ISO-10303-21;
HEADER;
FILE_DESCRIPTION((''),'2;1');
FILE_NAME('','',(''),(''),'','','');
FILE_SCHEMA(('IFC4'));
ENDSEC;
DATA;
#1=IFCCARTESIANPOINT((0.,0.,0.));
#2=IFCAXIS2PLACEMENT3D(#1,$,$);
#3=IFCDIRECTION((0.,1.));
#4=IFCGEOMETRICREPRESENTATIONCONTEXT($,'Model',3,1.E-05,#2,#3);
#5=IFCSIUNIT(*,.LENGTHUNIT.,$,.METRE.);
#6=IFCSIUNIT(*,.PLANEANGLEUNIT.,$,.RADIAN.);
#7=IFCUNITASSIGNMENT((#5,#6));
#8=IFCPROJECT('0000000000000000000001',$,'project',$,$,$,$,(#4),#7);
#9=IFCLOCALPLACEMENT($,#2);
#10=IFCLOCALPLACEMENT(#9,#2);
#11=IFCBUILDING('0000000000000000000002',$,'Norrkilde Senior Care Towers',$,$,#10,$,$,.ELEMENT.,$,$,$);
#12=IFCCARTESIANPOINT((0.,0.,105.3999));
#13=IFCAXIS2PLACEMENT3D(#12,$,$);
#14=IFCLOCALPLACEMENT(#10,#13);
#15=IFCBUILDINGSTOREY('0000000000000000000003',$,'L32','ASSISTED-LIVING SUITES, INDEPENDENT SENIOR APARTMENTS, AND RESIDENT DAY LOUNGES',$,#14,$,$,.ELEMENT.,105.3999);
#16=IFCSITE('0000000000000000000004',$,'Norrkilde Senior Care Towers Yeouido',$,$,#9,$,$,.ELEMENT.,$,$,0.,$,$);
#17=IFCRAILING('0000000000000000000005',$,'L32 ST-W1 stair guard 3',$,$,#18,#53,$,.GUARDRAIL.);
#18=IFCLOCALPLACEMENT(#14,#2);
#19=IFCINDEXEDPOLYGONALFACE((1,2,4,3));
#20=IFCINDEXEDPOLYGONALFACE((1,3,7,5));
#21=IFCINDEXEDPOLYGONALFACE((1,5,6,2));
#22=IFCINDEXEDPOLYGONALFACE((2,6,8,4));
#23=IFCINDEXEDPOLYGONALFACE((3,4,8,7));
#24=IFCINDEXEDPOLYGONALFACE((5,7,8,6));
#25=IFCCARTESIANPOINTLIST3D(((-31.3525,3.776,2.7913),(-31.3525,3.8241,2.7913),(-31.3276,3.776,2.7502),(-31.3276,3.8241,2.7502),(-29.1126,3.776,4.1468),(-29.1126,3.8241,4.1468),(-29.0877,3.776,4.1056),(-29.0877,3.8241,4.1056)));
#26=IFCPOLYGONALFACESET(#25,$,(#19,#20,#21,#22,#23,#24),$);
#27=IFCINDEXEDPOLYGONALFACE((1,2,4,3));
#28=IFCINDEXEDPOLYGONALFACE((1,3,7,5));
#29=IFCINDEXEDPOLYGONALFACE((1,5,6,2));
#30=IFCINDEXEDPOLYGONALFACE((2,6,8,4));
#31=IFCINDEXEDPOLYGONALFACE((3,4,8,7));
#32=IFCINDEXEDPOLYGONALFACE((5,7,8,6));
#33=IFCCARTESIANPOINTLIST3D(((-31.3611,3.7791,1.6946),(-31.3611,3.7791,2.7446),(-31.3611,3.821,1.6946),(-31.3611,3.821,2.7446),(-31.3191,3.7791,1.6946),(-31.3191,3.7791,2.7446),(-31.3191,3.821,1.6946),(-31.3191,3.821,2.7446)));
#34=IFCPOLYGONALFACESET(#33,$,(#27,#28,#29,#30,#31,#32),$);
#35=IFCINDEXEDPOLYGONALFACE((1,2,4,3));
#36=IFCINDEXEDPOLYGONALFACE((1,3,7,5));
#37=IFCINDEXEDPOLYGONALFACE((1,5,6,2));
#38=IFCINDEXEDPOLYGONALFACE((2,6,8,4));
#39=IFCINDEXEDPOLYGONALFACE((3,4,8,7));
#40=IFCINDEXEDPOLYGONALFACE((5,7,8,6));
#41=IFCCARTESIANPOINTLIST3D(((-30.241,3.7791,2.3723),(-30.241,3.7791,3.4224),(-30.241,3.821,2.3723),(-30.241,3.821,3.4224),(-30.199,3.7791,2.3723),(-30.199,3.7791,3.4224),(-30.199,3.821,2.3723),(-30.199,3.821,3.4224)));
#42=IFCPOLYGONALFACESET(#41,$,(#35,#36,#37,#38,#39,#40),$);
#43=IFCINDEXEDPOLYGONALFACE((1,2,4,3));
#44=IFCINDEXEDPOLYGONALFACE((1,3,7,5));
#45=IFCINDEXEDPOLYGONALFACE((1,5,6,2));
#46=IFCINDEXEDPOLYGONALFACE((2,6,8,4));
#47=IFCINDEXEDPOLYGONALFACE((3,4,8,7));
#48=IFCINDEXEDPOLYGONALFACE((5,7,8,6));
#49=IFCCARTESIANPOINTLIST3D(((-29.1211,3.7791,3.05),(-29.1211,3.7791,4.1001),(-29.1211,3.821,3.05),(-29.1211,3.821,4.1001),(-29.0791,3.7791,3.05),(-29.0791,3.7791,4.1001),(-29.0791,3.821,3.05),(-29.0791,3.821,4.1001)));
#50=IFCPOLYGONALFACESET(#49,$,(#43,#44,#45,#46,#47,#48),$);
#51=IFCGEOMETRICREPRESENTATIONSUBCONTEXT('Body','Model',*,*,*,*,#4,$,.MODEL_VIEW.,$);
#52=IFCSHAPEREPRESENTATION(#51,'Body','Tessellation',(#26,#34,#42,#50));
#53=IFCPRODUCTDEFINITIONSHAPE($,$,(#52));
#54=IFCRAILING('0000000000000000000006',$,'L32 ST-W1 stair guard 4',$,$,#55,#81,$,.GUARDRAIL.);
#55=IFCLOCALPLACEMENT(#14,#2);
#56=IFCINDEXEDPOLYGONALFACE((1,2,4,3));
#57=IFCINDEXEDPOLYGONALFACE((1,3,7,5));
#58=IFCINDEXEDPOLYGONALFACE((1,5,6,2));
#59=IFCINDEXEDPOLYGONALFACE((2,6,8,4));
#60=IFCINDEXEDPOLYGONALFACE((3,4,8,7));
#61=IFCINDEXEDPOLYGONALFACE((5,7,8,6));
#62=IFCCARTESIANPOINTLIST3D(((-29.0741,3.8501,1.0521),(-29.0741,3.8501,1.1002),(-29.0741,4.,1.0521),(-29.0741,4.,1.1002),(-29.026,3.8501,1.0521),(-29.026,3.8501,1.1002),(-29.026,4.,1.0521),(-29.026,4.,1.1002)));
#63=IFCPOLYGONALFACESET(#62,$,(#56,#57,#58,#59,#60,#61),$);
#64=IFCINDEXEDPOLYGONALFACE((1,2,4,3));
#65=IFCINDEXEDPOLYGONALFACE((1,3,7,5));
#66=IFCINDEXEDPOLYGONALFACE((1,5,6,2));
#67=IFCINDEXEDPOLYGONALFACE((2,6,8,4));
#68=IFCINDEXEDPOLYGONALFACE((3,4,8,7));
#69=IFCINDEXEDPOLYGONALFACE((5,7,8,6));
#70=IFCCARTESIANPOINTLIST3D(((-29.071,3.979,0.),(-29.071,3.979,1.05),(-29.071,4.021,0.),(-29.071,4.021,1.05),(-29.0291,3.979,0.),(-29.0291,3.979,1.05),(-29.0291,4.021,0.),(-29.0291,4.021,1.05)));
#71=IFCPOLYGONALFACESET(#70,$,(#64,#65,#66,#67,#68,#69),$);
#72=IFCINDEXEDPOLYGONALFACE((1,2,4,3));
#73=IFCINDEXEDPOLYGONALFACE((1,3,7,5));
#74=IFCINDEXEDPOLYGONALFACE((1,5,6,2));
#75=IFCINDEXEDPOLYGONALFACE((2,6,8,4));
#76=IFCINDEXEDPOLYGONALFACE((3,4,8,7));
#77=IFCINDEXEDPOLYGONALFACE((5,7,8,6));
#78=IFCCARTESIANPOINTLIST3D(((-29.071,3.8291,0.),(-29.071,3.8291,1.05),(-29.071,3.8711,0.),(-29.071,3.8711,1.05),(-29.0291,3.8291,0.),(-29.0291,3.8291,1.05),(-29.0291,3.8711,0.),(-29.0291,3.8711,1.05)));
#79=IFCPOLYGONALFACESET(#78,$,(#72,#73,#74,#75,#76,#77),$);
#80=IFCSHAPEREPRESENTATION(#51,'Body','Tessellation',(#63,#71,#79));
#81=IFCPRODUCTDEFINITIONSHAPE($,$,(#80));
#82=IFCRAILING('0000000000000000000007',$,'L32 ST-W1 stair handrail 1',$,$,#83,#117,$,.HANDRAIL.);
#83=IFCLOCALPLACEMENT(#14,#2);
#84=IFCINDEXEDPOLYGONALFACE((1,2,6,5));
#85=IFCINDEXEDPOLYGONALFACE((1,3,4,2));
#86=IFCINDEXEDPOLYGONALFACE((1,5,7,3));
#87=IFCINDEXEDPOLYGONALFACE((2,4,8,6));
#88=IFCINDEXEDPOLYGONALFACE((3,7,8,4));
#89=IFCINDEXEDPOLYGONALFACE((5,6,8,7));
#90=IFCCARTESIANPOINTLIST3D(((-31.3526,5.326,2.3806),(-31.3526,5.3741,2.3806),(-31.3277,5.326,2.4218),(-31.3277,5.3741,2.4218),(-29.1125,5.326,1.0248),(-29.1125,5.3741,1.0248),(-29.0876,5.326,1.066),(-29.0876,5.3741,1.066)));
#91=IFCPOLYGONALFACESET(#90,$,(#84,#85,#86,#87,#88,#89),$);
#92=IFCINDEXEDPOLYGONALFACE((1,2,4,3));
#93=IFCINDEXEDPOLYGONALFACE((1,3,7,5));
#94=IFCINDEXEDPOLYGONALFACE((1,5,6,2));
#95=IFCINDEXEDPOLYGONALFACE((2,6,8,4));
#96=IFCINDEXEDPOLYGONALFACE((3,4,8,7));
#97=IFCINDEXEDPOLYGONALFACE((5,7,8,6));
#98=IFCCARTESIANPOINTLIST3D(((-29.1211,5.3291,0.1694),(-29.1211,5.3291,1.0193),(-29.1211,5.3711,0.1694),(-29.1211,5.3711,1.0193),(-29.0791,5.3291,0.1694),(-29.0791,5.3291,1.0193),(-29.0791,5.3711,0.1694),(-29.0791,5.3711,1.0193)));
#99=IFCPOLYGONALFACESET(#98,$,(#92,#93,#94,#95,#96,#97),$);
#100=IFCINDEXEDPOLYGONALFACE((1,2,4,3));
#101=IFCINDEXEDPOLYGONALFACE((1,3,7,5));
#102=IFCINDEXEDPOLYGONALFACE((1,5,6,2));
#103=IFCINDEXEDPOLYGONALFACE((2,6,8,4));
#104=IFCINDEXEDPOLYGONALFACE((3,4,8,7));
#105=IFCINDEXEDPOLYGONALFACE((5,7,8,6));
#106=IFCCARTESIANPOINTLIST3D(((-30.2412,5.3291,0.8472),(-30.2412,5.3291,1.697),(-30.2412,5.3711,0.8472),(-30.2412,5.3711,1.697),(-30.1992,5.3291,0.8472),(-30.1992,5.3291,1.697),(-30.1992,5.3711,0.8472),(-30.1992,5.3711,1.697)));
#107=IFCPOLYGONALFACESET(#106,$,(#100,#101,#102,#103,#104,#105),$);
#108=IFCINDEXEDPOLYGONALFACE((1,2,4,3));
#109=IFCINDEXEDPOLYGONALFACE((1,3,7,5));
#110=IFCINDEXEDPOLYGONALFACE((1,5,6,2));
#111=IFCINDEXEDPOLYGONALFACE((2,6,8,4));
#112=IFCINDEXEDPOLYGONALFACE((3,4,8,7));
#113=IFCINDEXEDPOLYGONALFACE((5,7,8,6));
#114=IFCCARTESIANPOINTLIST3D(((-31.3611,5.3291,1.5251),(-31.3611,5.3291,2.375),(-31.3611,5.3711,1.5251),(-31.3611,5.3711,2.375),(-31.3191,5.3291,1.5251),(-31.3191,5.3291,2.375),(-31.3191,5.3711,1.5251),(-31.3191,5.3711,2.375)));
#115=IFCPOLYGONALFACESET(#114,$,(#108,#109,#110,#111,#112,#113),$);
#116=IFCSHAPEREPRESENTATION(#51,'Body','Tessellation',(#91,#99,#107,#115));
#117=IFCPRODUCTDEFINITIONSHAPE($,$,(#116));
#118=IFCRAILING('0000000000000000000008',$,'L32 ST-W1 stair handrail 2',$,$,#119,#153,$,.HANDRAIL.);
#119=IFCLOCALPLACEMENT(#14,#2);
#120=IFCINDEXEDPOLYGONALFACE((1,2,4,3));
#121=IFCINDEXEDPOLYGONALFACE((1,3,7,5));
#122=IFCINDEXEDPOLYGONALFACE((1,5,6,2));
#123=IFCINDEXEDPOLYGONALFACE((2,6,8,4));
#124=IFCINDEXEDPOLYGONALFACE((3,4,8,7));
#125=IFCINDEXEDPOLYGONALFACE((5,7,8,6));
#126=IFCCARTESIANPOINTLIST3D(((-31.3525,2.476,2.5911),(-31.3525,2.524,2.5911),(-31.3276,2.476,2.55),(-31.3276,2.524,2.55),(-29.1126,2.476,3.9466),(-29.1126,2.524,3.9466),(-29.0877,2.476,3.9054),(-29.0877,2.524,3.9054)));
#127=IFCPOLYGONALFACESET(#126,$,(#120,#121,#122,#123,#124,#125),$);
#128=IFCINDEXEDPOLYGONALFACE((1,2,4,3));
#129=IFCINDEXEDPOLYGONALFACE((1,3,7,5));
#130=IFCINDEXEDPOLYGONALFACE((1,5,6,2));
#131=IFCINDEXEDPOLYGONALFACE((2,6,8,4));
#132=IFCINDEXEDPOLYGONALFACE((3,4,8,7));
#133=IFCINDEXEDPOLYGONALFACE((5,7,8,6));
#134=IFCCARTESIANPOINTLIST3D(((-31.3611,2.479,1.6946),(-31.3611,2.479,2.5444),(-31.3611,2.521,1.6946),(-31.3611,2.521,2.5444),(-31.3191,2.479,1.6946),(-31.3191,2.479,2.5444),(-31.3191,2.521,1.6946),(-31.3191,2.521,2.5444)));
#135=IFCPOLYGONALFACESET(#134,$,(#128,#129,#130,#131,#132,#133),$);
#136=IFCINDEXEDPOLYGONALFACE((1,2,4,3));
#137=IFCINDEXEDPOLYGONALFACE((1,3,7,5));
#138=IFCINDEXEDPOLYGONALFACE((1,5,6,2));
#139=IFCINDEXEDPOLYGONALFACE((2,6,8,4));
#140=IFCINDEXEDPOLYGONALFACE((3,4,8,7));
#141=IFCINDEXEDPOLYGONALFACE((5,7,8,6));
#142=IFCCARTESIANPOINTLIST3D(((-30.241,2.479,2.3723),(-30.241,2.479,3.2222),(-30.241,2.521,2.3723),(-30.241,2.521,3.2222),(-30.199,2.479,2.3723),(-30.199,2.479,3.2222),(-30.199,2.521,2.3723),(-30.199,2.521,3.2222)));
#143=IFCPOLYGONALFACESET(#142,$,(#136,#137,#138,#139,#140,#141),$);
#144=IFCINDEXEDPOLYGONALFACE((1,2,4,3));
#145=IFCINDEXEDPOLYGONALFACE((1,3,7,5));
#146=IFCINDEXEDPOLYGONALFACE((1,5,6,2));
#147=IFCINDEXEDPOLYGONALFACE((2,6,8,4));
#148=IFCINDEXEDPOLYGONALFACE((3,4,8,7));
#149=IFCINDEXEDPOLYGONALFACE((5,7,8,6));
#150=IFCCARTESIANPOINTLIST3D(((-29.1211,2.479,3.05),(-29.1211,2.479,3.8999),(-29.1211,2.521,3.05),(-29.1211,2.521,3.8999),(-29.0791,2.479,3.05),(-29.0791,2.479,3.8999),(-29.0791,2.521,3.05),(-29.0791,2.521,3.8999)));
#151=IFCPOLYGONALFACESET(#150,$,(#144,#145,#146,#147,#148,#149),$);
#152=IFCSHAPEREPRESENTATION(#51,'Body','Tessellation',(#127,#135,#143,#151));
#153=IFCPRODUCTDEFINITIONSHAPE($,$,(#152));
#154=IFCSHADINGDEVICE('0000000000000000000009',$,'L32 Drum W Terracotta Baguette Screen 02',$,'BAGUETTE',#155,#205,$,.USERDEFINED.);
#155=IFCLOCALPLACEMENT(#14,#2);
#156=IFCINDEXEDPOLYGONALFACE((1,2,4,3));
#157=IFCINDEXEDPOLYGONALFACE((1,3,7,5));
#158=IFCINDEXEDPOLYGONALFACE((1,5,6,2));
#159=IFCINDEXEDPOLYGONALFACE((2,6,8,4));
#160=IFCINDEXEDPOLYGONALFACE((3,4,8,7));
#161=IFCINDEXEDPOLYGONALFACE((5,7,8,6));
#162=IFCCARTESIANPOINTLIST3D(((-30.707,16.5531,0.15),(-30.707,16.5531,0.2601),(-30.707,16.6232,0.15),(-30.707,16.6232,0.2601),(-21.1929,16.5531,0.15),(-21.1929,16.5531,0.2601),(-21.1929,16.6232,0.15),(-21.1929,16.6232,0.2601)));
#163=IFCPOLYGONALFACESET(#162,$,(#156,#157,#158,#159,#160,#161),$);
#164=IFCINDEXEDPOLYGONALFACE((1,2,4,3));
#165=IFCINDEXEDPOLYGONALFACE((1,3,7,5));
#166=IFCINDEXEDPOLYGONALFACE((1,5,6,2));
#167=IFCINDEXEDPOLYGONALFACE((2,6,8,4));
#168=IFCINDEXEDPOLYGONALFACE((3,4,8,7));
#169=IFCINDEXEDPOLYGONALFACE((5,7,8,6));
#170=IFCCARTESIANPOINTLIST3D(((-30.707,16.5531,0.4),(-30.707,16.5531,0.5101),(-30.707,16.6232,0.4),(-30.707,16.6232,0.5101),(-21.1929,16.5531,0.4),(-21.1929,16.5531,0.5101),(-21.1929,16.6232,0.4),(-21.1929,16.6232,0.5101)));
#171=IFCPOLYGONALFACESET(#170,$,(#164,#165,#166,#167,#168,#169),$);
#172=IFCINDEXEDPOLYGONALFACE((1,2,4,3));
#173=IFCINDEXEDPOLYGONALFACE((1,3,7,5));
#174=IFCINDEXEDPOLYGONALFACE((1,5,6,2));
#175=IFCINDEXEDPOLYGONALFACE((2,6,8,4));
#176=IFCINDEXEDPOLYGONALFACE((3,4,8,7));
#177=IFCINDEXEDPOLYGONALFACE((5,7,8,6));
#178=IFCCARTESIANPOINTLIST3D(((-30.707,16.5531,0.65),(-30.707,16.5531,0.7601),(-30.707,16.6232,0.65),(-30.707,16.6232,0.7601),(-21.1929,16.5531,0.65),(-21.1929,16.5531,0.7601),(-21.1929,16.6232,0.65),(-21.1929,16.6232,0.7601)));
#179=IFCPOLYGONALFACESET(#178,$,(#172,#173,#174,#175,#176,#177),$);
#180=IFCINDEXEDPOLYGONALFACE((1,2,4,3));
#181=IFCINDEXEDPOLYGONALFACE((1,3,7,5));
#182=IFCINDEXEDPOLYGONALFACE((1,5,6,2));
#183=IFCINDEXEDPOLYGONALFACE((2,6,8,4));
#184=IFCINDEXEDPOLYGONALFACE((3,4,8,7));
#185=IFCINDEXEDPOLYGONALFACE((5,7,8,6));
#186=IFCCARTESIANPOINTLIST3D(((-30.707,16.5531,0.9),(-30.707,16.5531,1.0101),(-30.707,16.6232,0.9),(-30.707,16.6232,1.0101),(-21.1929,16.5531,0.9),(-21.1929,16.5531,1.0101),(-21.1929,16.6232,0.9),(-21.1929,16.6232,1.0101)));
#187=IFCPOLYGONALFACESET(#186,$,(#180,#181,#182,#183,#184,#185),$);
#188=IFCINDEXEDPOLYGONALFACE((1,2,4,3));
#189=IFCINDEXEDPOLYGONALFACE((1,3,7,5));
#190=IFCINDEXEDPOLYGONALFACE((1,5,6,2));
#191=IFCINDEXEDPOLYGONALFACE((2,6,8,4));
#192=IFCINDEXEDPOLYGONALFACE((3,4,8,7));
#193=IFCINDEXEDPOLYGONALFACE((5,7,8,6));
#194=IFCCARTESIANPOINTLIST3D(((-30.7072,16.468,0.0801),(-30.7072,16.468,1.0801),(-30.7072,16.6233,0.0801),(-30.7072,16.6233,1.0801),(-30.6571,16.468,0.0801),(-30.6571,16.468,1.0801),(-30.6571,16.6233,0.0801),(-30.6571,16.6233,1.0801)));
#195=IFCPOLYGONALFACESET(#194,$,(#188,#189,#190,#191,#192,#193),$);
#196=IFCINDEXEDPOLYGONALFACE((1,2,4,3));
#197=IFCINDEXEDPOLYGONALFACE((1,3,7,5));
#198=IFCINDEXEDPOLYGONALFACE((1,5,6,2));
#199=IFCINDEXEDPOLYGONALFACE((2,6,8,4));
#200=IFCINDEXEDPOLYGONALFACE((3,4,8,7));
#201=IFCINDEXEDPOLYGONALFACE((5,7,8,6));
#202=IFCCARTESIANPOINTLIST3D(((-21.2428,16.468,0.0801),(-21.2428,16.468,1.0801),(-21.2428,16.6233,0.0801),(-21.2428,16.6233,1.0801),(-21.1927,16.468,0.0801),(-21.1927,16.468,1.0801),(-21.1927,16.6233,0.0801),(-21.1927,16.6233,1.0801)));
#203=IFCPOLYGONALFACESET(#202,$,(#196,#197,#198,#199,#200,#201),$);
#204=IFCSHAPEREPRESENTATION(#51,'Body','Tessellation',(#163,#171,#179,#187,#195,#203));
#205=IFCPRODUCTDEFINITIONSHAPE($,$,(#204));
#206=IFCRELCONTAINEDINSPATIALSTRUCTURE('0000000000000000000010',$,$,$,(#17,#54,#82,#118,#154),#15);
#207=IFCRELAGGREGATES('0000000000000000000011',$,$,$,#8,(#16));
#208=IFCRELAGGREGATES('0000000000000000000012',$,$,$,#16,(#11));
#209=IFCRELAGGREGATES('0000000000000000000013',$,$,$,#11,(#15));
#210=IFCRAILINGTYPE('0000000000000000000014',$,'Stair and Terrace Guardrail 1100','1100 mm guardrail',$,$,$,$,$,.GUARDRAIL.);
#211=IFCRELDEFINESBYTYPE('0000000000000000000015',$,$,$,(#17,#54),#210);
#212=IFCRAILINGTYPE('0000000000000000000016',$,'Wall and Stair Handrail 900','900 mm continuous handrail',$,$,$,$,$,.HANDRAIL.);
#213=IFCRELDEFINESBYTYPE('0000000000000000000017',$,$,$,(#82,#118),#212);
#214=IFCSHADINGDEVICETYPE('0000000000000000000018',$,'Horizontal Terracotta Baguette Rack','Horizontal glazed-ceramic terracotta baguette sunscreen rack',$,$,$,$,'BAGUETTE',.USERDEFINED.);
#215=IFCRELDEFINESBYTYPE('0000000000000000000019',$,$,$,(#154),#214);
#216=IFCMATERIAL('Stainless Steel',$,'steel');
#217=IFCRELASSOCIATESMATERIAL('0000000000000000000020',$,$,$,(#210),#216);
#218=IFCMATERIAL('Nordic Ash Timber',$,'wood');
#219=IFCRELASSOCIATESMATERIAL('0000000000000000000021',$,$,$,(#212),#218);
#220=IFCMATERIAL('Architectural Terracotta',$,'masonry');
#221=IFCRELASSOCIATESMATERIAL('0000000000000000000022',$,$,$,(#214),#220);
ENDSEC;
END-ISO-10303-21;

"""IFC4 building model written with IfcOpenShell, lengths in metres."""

from ifc_helpers import new_model, si_unit, direction, frame, origin, origin_2d, place, context, subcontext, project, spatial, rectangle, extrude, source, transform, mapped, material, type_object, type_shapes, element, save


model = new_model("IFC4")

# Units and contexts
model_context = context("Model", 3, precision=1e-05, world=origin(), true_north=direction((0.0, 1.0)))
body_context = subcontext(model_context, "Body", "Model", "MODEL_VIEW")
ifc_project = project(units=[si_unit("LENGTHUNIT", "METRE"), si_unit("PLANEANGLEUNIT", "RADIAN")], contexts=[model_context])

# Site, building, storey
site_placement = place(None, origin())
site = spatial("IfcSite", under=ifc_project, at=site_placement, Name="Norrkilde Senior Care Towers Yeouido", CompositionType="ELEMENT", RefElevation=0.0)
building_placement = place(site_placement, origin())
building = spatial("IfcBuilding", under=site, at=building_placement, Name="Norrkilde Senior Care Towers", CompositionType="ELEMENT")
storey_placement = place(building_placement, frame((0.0, 0.0, 105.3999)))
storey = spatial("IfcBuildingStorey", under=building, at=storey_placement, Name="L32", Description="ASSISTED-LIVING SUITES, INDEPENDENT SENIOR APARTMENTS, AND RESIDENT DAY LOUNGES", CompositionType="ELEMENT", Elevation=105.3999)

# Shared definitions
ifc_material_1 = material(Name="Nordic Ash Timber", Category="wood")

# Railings
ifc_material_2 = material(Name="Stainless Steel", Category="steel")
railing_type_1 = type_object("IfcRailingType", Name="Stair and Terrace Guardrail 1100", Description="1100 mm guardrail", PredefinedType="GUARDRAIL", material=ifc_material_2)
railing_1_placement = place(storey_placement, frame((-31.3401, 3.8, 1.6946)))
element("IfcRailing", 1, at=railing_1_placement, inside=storey, type_object=railing_type_1, Name="L32 ST-W1 stair guard 3", PredefinedType="GUARDRAIL", context=body_context, shape_type="SweptSolid", body=[
    extrude(rectangle(XDim=0.0481, YDim=0.0481, at=origin_2d()), frame((0.0, 0.0, 1.0762), z_axis=(0.855553, 0.0, 0.517715), x_axis=(0.0, 1.0, 0.0)), (0.0, 0.0, 1.0), 2.6182),
    extrude(rectangle(XDim=0.042, YDim=0.042, at=origin_2d()), origin(), (0.0, 0.0, 1.0), 1.05),
    extrude(rectangle(XDim=0.042, YDim=0.042, at=origin_2d()), frame((1.1201, 0.0, 0.6777)), (0.0, 0.0, 1.0), 1.05),
    extrude(rectangle(XDim=0.042, YDim=0.042, at=origin_2d()), frame((2.24, 0.0, 1.3555)), (0.0, 0.0, 1.0), 1.05),
])
railing_2_placement = place(storey_placement, frame((-29.05, 4.0, 0.0)))
element("IfcRailing", 2, at=railing_2_placement, inside=storey, type_object=railing_type_1, Name="L32 ST-W1 stair guard 4", PredefinedType="GUARDRAIL", context=body_context, shape_type="SweptSolid", body=[
    extrude(rectangle(XDim=0.0481, YDim=0.0481, at=origin_2d()), frame((0.0, 0.0, 1.0762), z_axis=(0.0, -1.0, 0.0), x_axis=(1.0, 0.0, 0.0)), (0.0, 0.0, 1.0), 0.1499),
    extrude(rectangle(XDim=0.042, YDim=0.042, at=origin_2d()), origin(), (0.0, 0.0, 1.0), 1.05),
    extrude(rectangle(XDim=0.042, YDim=0.042, at=origin_2d()), frame((0.0, -0.1499, 0.0)), (0.0, 0.0, 1.0), 1.05),
])
railing_type_2 = type_object("IfcRailingType", Name="Wall and Stair Handrail 900", Description="900 mm continuous handrail", PredefinedType="HANDRAIL", material=ifc_material_1)
railing_3_placement = place(storey_placement, frame((-29.1001, 5.3501, 0.1694)))
element("IfcRailing", 3, at=railing_3_placement, inside=storey, type_object=railing_type_2, Name="L32 ST-W1 stair handrail 1", PredefinedType="HANDRAIL", context=body_context, shape_type="SweptSolid", body=[
    extrude(rectangle(XDim=0.0481, YDim=0.0481, at=origin_2d()), frame((0.0, 0.0, 0.876), z_axis=(-0.855512, 0.0, 0.517783), x_axis=(0.0, -1.0, 0.0)), (0.0, 0.0, 1.0), 2.6184),
    extrude(rectangle(XDim=0.042, YDim=0.042, at=origin_2d()), origin(), (0.0, 0.0, 1.0), 0.8499),
    extrude(rectangle(XDim=0.042, YDim=0.042, at=origin_2d()), frame((-1.1201, 0.0, 0.6777)), (0.0, 0.0, 1.0), 0.8499),
    extrude(rectangle(XDim=0.042, YDim=0.042, at=origin_2d()), frame((-2.24, 0.0, 1.3557)), (0.0, 0.0, 1.0), 0.8499),
])
railing_4_placement = place(storey_placement, frame((-31.3401, 2.5, 1.6946)))
element("IfcRailing", 4, at=railing_4_placement, inside=storey, type_object=railing_type_2, Name="L32 ST-W1 stair handrail 2", PredefinedType="HANDRAIL", context=body_context, shape_type="SweptSolid", body=[
    extrude(rectangle(XDim=0.0481, YDim=0.0481, at=origin_2d()), frame((0.0, 0.0, 0.876), z_axis=(0.855553, 0.0, 0.517715), x_axis=(0.0, 1.0, 0.0)), (0.0, 0.0, 1.0), 2.6182),
    extrude(rectangle(XDim=0.042, YDim=0.042, at=origin_2d()), origin(), (0.0, 0.0, 1.0), 0.8499),
    extrude(rectangle(XDim=0.042, YDim=0.042, at=origin_2d()), frame((1.1201, 0.0, 0.6777)), (0.0, 0.0, 1.0), 0.8499),
    extrude(rectangle(XDim=0.042, YDim=0.042, at=origin_2d()), frame((2.24, 0.0, 1.3555)), (0.0, 0.0, 1.0), 0.8499),
])

# Shading device
ifc_material_3 = material(Name="Architectural Terracotta", Category="masonry")
shading_device_type = type_object("IfcShadingDeviceType", Name="Horizontal Terracotta Baguette Rack", Description="Horizontal glazed-ceramic terracotta baguette sunscreen rack", ElementType="BAGUETTE", PredefinedType="USERDEFINED", material=ifc_material_3)
shared_shape_1 = source(origin(), body_context, "Body", "SweptSolid", [
    extrude(rectangle(XDim=0.0701, YDim=0.1101, at=origin_2d()), frame((0.0, 0.0901, 0.125), z_axis=(1.0, 0.0, 0.0), x_axis=(0.0, 1.0, 0.0)), (0.0, 0.0, 1.0), 9.5142),
    extrude(rectangle(XDim=0.0701, YDim=0.1101, at=origin_2d()), frame((0.0, 0.0901, 0.375), z_axis=(1.0, 0.0, 0.0), x_axis=(0.0, 1.0, 0.0)), (0.0, 0.0, 1.0), 9.5142),
    extrude(rectangle(XDim=0.0701, YDim=0.1101, at=origin_2d()), frame((0.0, 0.0901, 0.625), z_axis=(1.0, 0.0, 0.0), x_axis=(0.0, 1.0, 0.0)), (0.0, 0.0, 1.0), 9.5142),
    extrude(rectangle(XDim=0.0701, YDim=0.1101, at=origin_2d()), frame((0.0, 0.0901, 0.875), z_axis=(1.0, 0.0, 0.0), x_axis=(0.0, 1.0, 0.0)), (0.0, 0.0, 1.0), 9.5142),
    extrude(rectangle(XDim=0.05, YDim=0.1553, at=origin_2d()), frame((0.0249, 0.0476, 0.0)), (0.0, 0.0, 1.0), 1.0),
    extrude(rectangle(XDim=0.05, YDim=0.1553, at=origin_2d()), frame((9.4893, 0.0476, 0.0)), (0.0, 0.0, 1.0), 1.0),
])
type_shapes(shading_device_type, [shared_shape_1])
shading_device_placement = place(storey_placement, frame((-30.707, 16.498, 0.0801), z_axis=(0.0, 0.0, 1.0), x_axis=(1.0, 0.0, 0.0)))
element("IfcShadingDevice", 5, at=shading_device_placement, inside=storey, type_object=shading_device_type, Name="L32 Drum W Terracotta Baguette Screen 02", ObjectType="BAGUETTE", PredefinedType="USERDEFINED", context=body_context, shape_type="MappedRepresentation", body=[
    mapped(shared_shape_1, transform((0.0, 0.0, 0.0), x_axis=(1.0, 0.0, 0.0), y_axis=(0.0, 1.0, 0.0), z_axis=(0.0, 0.0, 1.0), scale=1.0)),
])

save(model, "model.ifc")
